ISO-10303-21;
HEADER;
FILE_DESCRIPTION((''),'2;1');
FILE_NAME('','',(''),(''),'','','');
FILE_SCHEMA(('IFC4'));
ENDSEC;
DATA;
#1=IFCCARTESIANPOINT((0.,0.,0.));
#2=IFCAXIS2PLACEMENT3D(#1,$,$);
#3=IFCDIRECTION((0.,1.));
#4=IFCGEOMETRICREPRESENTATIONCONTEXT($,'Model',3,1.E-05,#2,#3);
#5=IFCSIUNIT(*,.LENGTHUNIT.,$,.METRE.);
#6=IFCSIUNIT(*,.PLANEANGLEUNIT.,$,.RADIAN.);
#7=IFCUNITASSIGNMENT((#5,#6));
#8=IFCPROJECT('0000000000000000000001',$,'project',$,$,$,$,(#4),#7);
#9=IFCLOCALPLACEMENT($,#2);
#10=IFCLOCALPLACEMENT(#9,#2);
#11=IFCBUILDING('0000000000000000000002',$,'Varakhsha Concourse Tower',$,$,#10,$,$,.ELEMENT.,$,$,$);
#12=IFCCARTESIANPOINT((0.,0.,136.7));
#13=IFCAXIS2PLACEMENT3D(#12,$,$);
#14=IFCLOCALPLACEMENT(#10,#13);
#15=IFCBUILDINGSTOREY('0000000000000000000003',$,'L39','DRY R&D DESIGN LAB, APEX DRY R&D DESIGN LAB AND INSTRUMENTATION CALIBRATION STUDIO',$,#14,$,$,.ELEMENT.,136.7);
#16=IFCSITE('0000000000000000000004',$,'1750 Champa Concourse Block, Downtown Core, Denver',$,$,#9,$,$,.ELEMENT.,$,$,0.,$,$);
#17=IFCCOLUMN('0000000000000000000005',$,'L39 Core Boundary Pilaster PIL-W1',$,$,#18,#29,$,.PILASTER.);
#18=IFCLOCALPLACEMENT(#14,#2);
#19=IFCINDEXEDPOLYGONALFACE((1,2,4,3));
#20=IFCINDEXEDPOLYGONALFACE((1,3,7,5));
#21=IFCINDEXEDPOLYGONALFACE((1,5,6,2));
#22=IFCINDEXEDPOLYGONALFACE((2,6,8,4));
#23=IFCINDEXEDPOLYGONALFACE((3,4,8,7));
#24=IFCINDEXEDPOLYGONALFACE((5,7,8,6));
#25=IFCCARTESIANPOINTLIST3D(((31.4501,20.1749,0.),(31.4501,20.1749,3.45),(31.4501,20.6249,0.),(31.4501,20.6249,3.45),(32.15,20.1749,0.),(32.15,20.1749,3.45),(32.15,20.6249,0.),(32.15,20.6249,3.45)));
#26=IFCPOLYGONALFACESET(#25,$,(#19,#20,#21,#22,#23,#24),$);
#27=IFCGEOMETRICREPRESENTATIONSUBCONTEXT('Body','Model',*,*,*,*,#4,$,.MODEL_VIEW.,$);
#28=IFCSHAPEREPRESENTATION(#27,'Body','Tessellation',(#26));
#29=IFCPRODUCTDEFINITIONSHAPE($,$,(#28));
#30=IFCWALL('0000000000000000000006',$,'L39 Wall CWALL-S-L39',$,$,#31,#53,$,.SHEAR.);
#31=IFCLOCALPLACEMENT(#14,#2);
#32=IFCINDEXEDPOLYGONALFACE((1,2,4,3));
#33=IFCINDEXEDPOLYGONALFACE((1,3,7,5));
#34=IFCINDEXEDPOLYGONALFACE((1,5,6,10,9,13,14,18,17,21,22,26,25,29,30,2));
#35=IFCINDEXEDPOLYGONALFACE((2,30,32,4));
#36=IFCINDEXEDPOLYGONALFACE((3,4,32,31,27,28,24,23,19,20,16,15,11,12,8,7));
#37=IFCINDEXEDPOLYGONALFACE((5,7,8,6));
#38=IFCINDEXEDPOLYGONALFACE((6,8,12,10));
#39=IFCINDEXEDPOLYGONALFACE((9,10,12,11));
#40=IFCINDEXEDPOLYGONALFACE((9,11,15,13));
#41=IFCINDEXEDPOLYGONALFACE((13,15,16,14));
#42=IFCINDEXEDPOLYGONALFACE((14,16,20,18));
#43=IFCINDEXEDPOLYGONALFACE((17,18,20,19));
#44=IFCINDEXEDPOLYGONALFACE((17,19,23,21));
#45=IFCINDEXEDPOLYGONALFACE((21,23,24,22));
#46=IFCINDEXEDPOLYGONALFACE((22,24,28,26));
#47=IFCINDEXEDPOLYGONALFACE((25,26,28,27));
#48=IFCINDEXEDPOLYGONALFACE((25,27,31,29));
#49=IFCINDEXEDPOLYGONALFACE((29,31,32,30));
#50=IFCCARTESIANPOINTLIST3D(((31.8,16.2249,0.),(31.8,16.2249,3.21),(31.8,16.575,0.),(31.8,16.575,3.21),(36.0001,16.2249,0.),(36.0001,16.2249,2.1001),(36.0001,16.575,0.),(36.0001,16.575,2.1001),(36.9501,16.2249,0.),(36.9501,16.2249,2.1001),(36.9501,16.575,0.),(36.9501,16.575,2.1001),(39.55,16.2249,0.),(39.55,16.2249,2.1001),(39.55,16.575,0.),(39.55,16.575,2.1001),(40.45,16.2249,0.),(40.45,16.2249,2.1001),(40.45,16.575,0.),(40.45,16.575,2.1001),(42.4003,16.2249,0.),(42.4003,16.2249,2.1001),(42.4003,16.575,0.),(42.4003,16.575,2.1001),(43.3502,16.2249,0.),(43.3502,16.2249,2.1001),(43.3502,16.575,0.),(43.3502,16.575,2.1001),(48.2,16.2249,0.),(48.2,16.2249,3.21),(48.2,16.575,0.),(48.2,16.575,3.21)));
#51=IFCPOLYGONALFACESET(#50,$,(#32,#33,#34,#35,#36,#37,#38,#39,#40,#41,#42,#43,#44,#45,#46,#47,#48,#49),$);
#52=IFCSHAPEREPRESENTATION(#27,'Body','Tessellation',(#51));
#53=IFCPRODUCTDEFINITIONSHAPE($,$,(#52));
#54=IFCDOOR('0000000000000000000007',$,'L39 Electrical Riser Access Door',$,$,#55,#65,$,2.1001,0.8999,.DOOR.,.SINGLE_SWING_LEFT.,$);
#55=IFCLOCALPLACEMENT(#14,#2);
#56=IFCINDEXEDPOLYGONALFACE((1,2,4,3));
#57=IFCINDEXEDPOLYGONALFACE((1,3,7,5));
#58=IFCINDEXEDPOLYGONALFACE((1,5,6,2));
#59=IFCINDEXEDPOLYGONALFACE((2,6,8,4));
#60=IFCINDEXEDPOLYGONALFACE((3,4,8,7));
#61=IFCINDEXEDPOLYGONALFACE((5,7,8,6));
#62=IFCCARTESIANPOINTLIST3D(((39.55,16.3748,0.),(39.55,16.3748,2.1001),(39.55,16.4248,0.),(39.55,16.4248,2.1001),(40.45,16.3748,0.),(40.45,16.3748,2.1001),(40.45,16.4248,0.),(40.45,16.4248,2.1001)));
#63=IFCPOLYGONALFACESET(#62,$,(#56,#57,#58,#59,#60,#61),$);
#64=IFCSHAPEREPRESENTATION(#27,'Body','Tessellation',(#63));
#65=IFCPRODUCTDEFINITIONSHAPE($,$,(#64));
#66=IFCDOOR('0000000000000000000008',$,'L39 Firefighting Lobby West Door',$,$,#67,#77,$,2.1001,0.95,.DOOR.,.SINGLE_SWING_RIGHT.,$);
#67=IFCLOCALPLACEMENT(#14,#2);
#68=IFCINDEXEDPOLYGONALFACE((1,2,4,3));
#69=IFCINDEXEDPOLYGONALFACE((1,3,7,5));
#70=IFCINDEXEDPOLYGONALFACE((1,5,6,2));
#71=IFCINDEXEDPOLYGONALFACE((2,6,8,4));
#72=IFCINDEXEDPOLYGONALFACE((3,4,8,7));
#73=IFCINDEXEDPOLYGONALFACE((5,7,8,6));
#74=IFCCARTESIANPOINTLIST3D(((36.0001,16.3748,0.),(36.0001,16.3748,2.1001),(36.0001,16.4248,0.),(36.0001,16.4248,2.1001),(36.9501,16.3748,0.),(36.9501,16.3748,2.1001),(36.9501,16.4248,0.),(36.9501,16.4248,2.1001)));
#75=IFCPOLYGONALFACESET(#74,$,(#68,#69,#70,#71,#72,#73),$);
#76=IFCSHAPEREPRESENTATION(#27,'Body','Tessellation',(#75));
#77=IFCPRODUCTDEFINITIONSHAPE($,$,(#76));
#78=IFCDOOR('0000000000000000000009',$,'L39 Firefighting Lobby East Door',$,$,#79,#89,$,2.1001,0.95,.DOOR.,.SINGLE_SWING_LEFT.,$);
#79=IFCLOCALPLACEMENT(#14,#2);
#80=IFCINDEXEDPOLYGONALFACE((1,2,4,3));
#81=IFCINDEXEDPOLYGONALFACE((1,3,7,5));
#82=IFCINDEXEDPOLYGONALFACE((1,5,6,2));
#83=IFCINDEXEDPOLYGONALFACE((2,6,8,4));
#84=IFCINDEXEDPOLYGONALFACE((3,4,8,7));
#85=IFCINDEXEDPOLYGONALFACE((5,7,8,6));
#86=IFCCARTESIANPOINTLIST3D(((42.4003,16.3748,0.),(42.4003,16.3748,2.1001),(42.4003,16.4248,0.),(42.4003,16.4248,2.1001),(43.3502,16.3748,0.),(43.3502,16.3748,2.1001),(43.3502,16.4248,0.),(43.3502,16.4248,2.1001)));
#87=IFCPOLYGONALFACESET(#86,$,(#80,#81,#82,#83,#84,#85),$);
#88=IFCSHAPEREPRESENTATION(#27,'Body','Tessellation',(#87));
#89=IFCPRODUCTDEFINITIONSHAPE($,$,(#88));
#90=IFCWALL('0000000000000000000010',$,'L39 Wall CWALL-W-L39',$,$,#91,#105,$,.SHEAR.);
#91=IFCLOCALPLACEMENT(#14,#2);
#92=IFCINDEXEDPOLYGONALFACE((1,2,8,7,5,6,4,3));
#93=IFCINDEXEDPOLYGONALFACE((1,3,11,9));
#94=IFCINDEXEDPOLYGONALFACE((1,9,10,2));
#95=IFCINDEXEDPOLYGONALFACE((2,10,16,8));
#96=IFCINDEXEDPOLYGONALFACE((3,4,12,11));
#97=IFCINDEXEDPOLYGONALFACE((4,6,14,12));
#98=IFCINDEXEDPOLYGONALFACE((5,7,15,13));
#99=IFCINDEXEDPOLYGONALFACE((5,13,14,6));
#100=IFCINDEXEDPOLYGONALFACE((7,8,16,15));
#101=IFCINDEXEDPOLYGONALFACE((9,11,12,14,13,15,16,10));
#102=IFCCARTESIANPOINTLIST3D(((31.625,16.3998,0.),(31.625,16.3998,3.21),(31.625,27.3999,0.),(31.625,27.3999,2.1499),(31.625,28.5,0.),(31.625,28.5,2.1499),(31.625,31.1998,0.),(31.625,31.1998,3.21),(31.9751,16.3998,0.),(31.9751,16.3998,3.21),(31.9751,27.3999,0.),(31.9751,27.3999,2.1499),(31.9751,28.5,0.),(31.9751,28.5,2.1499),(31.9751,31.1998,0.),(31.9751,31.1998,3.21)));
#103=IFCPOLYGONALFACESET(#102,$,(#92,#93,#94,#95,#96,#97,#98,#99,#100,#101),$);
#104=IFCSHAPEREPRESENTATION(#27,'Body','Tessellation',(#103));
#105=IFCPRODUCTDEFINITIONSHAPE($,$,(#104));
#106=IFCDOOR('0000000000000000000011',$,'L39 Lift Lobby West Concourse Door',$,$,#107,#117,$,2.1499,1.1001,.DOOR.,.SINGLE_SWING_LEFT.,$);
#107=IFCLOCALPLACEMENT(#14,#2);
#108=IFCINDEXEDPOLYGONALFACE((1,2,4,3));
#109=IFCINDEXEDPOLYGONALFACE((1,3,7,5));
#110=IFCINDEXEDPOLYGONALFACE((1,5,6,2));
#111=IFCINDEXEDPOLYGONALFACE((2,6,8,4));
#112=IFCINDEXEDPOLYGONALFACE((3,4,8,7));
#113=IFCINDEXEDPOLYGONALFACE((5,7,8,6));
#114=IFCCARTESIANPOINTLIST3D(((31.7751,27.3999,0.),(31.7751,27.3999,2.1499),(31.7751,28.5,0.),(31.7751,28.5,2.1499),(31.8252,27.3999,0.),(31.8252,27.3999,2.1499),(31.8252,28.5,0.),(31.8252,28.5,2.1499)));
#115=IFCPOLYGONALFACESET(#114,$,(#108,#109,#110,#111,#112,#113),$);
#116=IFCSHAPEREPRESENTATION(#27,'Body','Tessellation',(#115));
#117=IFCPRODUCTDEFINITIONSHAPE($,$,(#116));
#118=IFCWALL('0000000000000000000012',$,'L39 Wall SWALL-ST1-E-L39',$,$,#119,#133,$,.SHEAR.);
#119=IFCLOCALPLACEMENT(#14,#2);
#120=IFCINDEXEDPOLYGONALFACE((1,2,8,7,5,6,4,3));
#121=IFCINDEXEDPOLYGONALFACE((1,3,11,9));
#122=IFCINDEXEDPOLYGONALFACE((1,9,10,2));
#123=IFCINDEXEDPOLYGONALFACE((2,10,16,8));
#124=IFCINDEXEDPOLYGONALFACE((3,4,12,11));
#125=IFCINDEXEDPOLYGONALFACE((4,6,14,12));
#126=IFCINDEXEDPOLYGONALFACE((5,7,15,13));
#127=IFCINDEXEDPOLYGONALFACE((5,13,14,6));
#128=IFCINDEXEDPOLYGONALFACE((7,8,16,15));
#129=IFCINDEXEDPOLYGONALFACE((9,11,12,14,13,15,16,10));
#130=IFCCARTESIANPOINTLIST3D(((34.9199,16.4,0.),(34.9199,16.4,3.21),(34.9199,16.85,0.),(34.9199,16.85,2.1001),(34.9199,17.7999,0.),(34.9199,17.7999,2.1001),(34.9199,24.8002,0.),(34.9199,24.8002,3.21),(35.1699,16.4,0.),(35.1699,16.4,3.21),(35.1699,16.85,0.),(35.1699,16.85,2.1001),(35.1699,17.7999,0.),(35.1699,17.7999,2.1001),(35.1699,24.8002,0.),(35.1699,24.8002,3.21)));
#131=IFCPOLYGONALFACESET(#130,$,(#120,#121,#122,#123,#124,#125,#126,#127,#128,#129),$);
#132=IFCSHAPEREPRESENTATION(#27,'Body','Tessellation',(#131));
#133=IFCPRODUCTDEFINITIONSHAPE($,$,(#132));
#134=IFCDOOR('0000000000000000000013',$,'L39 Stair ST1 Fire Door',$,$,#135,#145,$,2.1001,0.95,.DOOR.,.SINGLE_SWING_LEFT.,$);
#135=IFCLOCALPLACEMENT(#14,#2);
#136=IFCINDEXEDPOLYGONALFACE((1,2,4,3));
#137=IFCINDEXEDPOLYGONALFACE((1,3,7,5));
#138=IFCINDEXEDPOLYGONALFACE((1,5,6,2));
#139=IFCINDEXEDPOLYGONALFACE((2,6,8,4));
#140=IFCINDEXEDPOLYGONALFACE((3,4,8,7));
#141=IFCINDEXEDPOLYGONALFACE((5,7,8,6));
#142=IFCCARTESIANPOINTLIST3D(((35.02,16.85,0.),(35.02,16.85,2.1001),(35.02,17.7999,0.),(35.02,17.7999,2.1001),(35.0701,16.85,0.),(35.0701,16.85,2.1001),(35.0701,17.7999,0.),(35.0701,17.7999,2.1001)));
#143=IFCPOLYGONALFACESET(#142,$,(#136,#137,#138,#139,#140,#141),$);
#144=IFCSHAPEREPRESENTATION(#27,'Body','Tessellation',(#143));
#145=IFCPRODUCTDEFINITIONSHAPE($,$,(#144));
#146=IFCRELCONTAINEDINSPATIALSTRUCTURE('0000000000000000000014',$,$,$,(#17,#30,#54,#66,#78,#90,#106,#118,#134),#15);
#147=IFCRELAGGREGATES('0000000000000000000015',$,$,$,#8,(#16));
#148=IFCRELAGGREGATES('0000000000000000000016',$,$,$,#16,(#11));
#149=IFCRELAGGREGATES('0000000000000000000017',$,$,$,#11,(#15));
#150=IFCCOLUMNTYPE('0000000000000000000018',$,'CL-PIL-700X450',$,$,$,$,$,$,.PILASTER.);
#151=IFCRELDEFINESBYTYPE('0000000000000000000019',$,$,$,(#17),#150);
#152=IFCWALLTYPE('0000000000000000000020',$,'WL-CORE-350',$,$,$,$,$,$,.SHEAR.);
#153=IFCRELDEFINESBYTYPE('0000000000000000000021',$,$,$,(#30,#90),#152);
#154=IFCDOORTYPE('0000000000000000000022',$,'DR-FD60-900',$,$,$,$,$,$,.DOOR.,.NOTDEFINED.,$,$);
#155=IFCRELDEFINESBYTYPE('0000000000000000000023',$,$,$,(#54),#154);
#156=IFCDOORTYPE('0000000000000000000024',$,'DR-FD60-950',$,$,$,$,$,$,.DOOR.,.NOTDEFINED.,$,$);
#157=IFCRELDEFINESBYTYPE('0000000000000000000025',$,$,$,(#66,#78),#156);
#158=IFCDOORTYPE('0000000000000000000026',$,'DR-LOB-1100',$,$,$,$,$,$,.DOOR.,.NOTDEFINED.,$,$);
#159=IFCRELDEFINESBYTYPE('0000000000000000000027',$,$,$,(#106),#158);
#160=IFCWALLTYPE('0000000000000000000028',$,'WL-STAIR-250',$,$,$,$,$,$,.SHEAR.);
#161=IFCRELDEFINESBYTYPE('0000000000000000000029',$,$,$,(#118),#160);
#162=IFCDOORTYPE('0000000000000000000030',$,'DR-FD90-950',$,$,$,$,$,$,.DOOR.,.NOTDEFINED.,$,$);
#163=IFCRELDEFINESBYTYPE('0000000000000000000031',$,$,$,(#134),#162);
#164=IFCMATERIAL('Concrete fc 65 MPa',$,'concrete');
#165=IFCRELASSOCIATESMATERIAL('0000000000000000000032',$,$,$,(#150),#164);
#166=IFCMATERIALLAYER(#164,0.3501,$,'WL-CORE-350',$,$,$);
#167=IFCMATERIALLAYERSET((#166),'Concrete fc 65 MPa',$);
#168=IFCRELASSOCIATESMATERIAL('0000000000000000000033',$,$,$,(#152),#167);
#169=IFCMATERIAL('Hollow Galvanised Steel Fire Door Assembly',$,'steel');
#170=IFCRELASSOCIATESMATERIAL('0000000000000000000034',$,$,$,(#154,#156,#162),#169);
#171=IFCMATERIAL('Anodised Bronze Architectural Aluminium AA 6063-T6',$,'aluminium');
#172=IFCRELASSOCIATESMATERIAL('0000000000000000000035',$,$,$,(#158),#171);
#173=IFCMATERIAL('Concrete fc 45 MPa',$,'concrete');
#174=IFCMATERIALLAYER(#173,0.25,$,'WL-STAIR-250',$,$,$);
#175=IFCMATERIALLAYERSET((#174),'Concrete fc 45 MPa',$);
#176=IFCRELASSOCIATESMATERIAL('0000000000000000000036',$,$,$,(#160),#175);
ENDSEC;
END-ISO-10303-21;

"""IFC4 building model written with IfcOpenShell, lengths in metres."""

from ifc_helpers import new_model, si_unit, direction, frame, frame_2d, origin, origin_2d, place, context, subcontext, project, spatial, rectangle, extrude, material, layer, layer_set, material_profile, profile_set, type_object, element, fill, save


model = new_model("IFC4")

# Units and contexts
model_context = context("Model", 3, precision=1e-05, world=origin(), true_north=direction((0.0, 1.0)))
body_context = subcontext(model_context, "Body", "Model", "MODEL_VIEW")
ifc_project = project(units=[si_unit("LENGTHUNIT", "METRE"), si_unit("PLANEANGLEUNIT", "RADIAN")], contexts=[model_context])

# Site, building, storey
site_placement = place(None, origin())
site = spatial("IfcSite", under=ifc_project, at=site_placement, Name="1750 Champa Concourse Block, Downtown Core, Denver", CompositionType="ELEMENT", RefElevation=0.0)
building_placement = place(site_placement, origin())
building = spatial("IfcBuilding", under=site, at=building_placement, Name="Varakhsha Concourse Tower", CompositionType="ELEMENT")
storey_placement = place(building_placement, frame((0.0, 0.0, 136.7)))
storey = spatial("IfcBuildingStorey", under=building, at=storey_placement, Name="L39", Description="DRY R&D DESIGN LAB, APEX DRY R&D DESIGN LAB AND INSTRUMENTATION CALIBRATION STUDIO", CompositionType="ELEMENT", Elevation=136.7)

# Column
ifc_material_1 = material(Name="Concrete fc 65 MPa", Category="concrete")
ifc_material_profile = material_profile(ifc_material_1, rectangle(XDim=0.7, YDim=0.45, at=origin_2d()), Name="RC 700x450")
ifc_profile_set = profile_set([ifc_material_profile], Name="Concrete fc 65 MPa")
column_type = type_object("IfcColumnType", Name="CL-PIL-700X450", PredefinedType="PILASTER", material=ifc_profile_set)
column_placement = place(storey_placement, frame((31.8, 20.3999, 0.0), z_axis=(0.0, 0.0, 1.0), x_axis=(1.0, 0.0, 0.0)))
element("IfcColumn", 1, at=column_placement, inside=storey, type_object=column_type, Name="L39 Core Boundary Pilaster PIL-W1", PredefinedType="PILASTER", context=body_context, shape_type="SweptSolid", body=[
    extrude(rectangle(XDim=0.7, YDim=0.45, at=origin_2d()), origin(), (0.0, 0.0, 1.0), 3.45),
])

# Wall, openings, doors
ifc_layer_1 = layer(ifc_material_1, 0.3501, Name="WL-CORE-350")
ifc_layer_set_1 = layer_set([ifc_layer_1], Name="Concrete fc 65 MPa")
wall_type_1 = type_object("IfcWallType", Name="WL-CORE-350", PredefinedType="SHEAR", material=ifc_layer_set_1)
wall_1_placement = place(storey_placement, frame((31.8, 16.3999, 0.0), z_axis=(0.0, 0.0, 1.0), x_axis=(1.0, 0.0, 0.0)))
wall_1 = element("IfcWall", 2, at=wall_1_placement, inside=storey, type_object=wall_type_1, Name="L39 Wall CWALL-S-L39", PredefinedType="SHEAR", context=body_context, shape_type="SweptSolid", body=[
    extrude(rectangle(XDim=16.3999, YDim=0.3501, at=frame_2d((8.2, 0.0))), origin(), (0.0, 0.0, 1.0), 3.21),
])
opening_1_placement = place(wall_1_placement, frame((7.75, 0.0, 0.0)))
opening_1 = element("IfcOpeningElement", 3, at=opening_1_placement, cuts=wall_1, PredefinedType="OPENING", context=body_context, shape_type="SweptSolid", body=[
    extrude(rectangle(XDim=0.8999, YDim=2.1001, at=frame_2d((0.45, 1.05))), frame((0.0, 0.1851, 0.0), z_axis=(0.0, -1.0, 0.0), x_axis=(1.0, 0.0, 0.0)), (0.0, 0.0, 1.0), 0.3701),
])
opening_2_placement = place(wall_1_placement, frame((4.2, 0.0, 0.0)))
opening_2 = element("IfcOpeningElement", 4, at=opening_2_placement, cuts=wall_1, PredefinedType="OPENING", context=body_context, shape_type="SweptSolid", body=[
    extrude(rectangle(XDim=0.95, YDim=2.1001, at=frame_2d((0.4751, 1.05))), frame((0.0, 0.1851, 0.0), z_axis=(0.0, -1.0, 0.0), x_axis=(1.0, 0.0, 0.0)), (0.0, 0.0, 1.0), 0.3701),
])
opening_3_placement = place(wall_1_placement, frame((10.6001, 0.0, 0.0)))
opening_3 = element("IfcOpeningElement", 5, at=opening_3_placement, cuts=wall_1, PredefinedType="OPENING", context=body_context, shape_type="SweptSolid", body=[
    extrude(rectangle(XDim=0.95, YDim=2.1001, at=frame_2d((0.4751, 1.05))), frame((0.0, 0.1851, 0.0), z_axis=(0.0, -1.0, 0.0), x_axis=(1.0, 0.0, 0.0)), (0.0, 0.0, 1.0), 0.3701),
])
ifc_material_2 = material(Name="Hollow Galvanised Steel Fire Door Assembly", Category="steel")
door_type_1 = type_object("IfcDoorType", Name="DR-FD60-900", OperationType="NOTDEFINED", PredefinedType="DOOR", material=ifc_material_2)
door_1_placement = place(opening_1_placement, origin())
door_1 = element("IfcDoor", 6, at=door_1_placement, inside=storey, type_object=door_type_1, Name="L39 Electrical Riser Access Door", OperationType="SINGLE_SWING_LEFT", OverallHeight=2.1001, OverallWidth=0.8999, PredefinedType="DOOR", context=body_context, shape_type="SweptSolid", body=[
    extrude(rectangle(XDim=0.8999, YDim=2.1001, at=frame_2d((0.45, 1.05))), frame((0.0, 0.0249, 0.0), z_axis=(0.0, -1.0, 0.0), x_axis=(1.0, 0.0, 0.0)), (0.0, 0.0, 1.0), 0.05),
])
fill(opening_1, door_1)
door_type_2 = type_object("IfcDoorType", Name="DR-FD60-950", OperationType="NOTDEFINED", PredefinedType="DOOR", material=ifc_material_2)
door_2_placement = place(opening_2_placement, origin())
door_2 = element("IfcDoor", 7, at=door_2_placement, inside=storey, type_object=door_type_2, Name="L39 Firefighting Lobby West Door", OperationType="SINGLE_SWING_RIGHT", OverallHeight=2.1001, OverallWidth=0.95, PredefinedType="DOOR", context=body_context, shape_type="SweptSolid", body=[
    extrude(rectangle(XDim=0.95, YDim=2.1001, at=frame_2d((0.4751, 1.05))), frame((0.0, 0.0249, 0.0), z_axis=(0.0, -1.0, 0.0), x_axis=(1.0, 0.0, 0.0)), (0.0, 0.0, 1.0), 0.05),
])
fill(opening_2, door_2)
door_3_placement = place(opening_3_placement, origin())
door_3 = element("IfcDoor", 8, at=door_3_placement, inside=storey, type_object=door_type_2, Name="L39 Firefighting Lobby East Door", OperationType="SINGLE_SWING_LEFT", OverallHeight=2.1001, OverallWidth=0.95, PredefinedType="DOOR", context=body_context, shape_type="SweptSolid", body=[
    extrude(rectangle(XDim=0.95, YDim=2.1001, at=frame_2d((0.4751, 1.05))), frame((0.0, 0.0249, 0.0), z_axis=(0.0, -1.0, 0.0), x_axis=(1.0, 0.0, 0.0)), (0.0, 0.0, 1.0), 0.05),
])
fill(opening_3, door_3)

# Walls, openings, doors
wall_2_placement = place(storey_placement, frame((31.8, 16.3999, 0.0), z_axis=(0.0, 0.0, 1.0), x_axis=(0.0, 1.0, 0.0)))
wall_2 = element("IfcWall", 9, at=wall_2_placement, inside=storey, type_object=wall_type_1, Name="L39 Wall CWALL-W-L39", PredefinedType="SHEAR", context=body_context, shape_type="SweptSolid", body=[
    extrude(rectangle(XDim=14.8, YDim=0.3501, at=frame_2d((7.3999, 0.0))), origin(), (0.0, 0.0, 1.0), 3.21),
])
opening_4_placement = place(wall_2_placement, frame((11.0, 0.0, 0.0)))
opening_4 = element("IfcOpeningElement", 10, at=opening_4_placement, cuts=wall_2, PredefinedType="OPENING", context=body_context, shape_type="SweptSolid", body=[
    extrude(rectangle(XDim=1.1001, YDim=2.1499, at=frame_2d((0.55, 1.075))), frame((0.0, 0.1851, 0.0), z_axis=(0.0, -1.0, 0.0), x_axis=(1.0, 0.0, 0.0)), (0.0, 0.0, 1.0), 0.3701),
])
ifc_material_3 = material(Name="Anodised Bronze Architectural Aluminium AA 6063-T6", Category="aluminium")
door_type_3 = type_object("IfcDoorType", Name="DR-LOB-1100", OperationType="NOTDEFINED", PredefinedType="DOOR", material=ifc_material_3)
door_4_placement = place(opening_4_placement, origin())
door_4 = element("IfcDoor", 11, at=door_4_placement, inside=storey, type_object=door_type_3, Name="L39 Lift Lobby West Concourse Door", OperationType="SINGLE_SWING_LEFT", OverallHeight=2.1499, OverallWidth=1.1001, PredefinedType="DOOR", context=body_context, shape_type="SweptSolid", body=[
    extrude(rectangle(XDim=1.1001, YDim=2.1499, at=frame_2d((0.55, 1.075))), frame((0.0, 0.0249, 0.0), z_axis=(0.0, -1.0, 0.0), x_axis=(1.0, 0.0, 0.0)), (0.0, 0.0, 1.0), 0.05),
])
fill(opening_4, door_4)
ifc_material_4 = material(Name="Concrete fc 45 MPa", Category="concrete")
ifc_layer_2 = layer(ifc_material_4, 0.25, Name="WL-STAIR-250")
ifc_layer_set_2 = layer_set([ifc_layer_2], Name="Concrete fc 45 MPa")
wall_type_2 = type_object("IfcWallType", Name="WL-STAIR-250", PredefinedType="SHEAR", material=ifc_layer_set_2)
wall_3_placement = place(storey_placement, frame((35.0449, 16.3999, 0.0), z_axis=(0.0, 0.0, 1.0), x_axis=(0.0, 1.0, 0.0)))
wall_3 = element("IfcWall", 12, at=wall_3_placement, inside=storey, type_object=wall_type_2, Name="L39 Wall SWALL-ST1-E-L39", PredefinedType="SHEAR", context=body_context, shape_type="SweptSolid", body=[
    extrude(rectangle(XDim=8.4001, YDim=0.25, at=frame_2d((4.2002, 0.0))), origin(), (0.0, 0.0, 1.0), 3.21),
])
opening_5_placement = place(wall_3_placement, frame((0.45, 0.0, 0.0)))
opening_5 = element("IfcOpeningElement", 13, at=opening_5_placement, cuts=wall_3, PredefinedType="OPENING", context=body_context, shape_type="SweptSolid", body=[
    extrude(rectangle(XDim=0.95, YDim=2.1001, at=frame_2d((0.4751, 1.05))), frame((0.0, 0.135, 0.0), z_axis=(0.0, -1.0, 0.0), x_axis=(1.0, 0.0, 0.0)), (0.0, 0.0, 1.0), 0.27),
])
door_type_4 = type_object("IfcDoorType", Name="DR-FD90-950", OperationType="NOTDEFINED", PredefinedType="DOOR", material=ifc_material_2)
door_5_placement = place(opening_5_placement, origin())
door_5 = element("IfcDoor", 14, at=door_5_placement, inside=storey, type_object=door_type_4, Name="L39 Stair ST1 Fire Door", OperationType="SINGLE_SWING_LEFT", OverallHeight=2.1001, OverallWidth=0.95, PredefinedType="DOOR", context=body_context, shape_type="SweptSolid", body=[
    extrude(rectangle(XDim=0.95, YDim=2.1001, at=frame_2d((0.4751, 1.05))), frame((0.0, 0.0249, 0.0), z_axis=(0.0, -1.0, 0.0), x_axis=(1.0, 0.0, 0.0)), (0.0, 0.0, 1.0), 0.05),
])
fill(opening_5, door_5)

save(model, "model.ifc")
